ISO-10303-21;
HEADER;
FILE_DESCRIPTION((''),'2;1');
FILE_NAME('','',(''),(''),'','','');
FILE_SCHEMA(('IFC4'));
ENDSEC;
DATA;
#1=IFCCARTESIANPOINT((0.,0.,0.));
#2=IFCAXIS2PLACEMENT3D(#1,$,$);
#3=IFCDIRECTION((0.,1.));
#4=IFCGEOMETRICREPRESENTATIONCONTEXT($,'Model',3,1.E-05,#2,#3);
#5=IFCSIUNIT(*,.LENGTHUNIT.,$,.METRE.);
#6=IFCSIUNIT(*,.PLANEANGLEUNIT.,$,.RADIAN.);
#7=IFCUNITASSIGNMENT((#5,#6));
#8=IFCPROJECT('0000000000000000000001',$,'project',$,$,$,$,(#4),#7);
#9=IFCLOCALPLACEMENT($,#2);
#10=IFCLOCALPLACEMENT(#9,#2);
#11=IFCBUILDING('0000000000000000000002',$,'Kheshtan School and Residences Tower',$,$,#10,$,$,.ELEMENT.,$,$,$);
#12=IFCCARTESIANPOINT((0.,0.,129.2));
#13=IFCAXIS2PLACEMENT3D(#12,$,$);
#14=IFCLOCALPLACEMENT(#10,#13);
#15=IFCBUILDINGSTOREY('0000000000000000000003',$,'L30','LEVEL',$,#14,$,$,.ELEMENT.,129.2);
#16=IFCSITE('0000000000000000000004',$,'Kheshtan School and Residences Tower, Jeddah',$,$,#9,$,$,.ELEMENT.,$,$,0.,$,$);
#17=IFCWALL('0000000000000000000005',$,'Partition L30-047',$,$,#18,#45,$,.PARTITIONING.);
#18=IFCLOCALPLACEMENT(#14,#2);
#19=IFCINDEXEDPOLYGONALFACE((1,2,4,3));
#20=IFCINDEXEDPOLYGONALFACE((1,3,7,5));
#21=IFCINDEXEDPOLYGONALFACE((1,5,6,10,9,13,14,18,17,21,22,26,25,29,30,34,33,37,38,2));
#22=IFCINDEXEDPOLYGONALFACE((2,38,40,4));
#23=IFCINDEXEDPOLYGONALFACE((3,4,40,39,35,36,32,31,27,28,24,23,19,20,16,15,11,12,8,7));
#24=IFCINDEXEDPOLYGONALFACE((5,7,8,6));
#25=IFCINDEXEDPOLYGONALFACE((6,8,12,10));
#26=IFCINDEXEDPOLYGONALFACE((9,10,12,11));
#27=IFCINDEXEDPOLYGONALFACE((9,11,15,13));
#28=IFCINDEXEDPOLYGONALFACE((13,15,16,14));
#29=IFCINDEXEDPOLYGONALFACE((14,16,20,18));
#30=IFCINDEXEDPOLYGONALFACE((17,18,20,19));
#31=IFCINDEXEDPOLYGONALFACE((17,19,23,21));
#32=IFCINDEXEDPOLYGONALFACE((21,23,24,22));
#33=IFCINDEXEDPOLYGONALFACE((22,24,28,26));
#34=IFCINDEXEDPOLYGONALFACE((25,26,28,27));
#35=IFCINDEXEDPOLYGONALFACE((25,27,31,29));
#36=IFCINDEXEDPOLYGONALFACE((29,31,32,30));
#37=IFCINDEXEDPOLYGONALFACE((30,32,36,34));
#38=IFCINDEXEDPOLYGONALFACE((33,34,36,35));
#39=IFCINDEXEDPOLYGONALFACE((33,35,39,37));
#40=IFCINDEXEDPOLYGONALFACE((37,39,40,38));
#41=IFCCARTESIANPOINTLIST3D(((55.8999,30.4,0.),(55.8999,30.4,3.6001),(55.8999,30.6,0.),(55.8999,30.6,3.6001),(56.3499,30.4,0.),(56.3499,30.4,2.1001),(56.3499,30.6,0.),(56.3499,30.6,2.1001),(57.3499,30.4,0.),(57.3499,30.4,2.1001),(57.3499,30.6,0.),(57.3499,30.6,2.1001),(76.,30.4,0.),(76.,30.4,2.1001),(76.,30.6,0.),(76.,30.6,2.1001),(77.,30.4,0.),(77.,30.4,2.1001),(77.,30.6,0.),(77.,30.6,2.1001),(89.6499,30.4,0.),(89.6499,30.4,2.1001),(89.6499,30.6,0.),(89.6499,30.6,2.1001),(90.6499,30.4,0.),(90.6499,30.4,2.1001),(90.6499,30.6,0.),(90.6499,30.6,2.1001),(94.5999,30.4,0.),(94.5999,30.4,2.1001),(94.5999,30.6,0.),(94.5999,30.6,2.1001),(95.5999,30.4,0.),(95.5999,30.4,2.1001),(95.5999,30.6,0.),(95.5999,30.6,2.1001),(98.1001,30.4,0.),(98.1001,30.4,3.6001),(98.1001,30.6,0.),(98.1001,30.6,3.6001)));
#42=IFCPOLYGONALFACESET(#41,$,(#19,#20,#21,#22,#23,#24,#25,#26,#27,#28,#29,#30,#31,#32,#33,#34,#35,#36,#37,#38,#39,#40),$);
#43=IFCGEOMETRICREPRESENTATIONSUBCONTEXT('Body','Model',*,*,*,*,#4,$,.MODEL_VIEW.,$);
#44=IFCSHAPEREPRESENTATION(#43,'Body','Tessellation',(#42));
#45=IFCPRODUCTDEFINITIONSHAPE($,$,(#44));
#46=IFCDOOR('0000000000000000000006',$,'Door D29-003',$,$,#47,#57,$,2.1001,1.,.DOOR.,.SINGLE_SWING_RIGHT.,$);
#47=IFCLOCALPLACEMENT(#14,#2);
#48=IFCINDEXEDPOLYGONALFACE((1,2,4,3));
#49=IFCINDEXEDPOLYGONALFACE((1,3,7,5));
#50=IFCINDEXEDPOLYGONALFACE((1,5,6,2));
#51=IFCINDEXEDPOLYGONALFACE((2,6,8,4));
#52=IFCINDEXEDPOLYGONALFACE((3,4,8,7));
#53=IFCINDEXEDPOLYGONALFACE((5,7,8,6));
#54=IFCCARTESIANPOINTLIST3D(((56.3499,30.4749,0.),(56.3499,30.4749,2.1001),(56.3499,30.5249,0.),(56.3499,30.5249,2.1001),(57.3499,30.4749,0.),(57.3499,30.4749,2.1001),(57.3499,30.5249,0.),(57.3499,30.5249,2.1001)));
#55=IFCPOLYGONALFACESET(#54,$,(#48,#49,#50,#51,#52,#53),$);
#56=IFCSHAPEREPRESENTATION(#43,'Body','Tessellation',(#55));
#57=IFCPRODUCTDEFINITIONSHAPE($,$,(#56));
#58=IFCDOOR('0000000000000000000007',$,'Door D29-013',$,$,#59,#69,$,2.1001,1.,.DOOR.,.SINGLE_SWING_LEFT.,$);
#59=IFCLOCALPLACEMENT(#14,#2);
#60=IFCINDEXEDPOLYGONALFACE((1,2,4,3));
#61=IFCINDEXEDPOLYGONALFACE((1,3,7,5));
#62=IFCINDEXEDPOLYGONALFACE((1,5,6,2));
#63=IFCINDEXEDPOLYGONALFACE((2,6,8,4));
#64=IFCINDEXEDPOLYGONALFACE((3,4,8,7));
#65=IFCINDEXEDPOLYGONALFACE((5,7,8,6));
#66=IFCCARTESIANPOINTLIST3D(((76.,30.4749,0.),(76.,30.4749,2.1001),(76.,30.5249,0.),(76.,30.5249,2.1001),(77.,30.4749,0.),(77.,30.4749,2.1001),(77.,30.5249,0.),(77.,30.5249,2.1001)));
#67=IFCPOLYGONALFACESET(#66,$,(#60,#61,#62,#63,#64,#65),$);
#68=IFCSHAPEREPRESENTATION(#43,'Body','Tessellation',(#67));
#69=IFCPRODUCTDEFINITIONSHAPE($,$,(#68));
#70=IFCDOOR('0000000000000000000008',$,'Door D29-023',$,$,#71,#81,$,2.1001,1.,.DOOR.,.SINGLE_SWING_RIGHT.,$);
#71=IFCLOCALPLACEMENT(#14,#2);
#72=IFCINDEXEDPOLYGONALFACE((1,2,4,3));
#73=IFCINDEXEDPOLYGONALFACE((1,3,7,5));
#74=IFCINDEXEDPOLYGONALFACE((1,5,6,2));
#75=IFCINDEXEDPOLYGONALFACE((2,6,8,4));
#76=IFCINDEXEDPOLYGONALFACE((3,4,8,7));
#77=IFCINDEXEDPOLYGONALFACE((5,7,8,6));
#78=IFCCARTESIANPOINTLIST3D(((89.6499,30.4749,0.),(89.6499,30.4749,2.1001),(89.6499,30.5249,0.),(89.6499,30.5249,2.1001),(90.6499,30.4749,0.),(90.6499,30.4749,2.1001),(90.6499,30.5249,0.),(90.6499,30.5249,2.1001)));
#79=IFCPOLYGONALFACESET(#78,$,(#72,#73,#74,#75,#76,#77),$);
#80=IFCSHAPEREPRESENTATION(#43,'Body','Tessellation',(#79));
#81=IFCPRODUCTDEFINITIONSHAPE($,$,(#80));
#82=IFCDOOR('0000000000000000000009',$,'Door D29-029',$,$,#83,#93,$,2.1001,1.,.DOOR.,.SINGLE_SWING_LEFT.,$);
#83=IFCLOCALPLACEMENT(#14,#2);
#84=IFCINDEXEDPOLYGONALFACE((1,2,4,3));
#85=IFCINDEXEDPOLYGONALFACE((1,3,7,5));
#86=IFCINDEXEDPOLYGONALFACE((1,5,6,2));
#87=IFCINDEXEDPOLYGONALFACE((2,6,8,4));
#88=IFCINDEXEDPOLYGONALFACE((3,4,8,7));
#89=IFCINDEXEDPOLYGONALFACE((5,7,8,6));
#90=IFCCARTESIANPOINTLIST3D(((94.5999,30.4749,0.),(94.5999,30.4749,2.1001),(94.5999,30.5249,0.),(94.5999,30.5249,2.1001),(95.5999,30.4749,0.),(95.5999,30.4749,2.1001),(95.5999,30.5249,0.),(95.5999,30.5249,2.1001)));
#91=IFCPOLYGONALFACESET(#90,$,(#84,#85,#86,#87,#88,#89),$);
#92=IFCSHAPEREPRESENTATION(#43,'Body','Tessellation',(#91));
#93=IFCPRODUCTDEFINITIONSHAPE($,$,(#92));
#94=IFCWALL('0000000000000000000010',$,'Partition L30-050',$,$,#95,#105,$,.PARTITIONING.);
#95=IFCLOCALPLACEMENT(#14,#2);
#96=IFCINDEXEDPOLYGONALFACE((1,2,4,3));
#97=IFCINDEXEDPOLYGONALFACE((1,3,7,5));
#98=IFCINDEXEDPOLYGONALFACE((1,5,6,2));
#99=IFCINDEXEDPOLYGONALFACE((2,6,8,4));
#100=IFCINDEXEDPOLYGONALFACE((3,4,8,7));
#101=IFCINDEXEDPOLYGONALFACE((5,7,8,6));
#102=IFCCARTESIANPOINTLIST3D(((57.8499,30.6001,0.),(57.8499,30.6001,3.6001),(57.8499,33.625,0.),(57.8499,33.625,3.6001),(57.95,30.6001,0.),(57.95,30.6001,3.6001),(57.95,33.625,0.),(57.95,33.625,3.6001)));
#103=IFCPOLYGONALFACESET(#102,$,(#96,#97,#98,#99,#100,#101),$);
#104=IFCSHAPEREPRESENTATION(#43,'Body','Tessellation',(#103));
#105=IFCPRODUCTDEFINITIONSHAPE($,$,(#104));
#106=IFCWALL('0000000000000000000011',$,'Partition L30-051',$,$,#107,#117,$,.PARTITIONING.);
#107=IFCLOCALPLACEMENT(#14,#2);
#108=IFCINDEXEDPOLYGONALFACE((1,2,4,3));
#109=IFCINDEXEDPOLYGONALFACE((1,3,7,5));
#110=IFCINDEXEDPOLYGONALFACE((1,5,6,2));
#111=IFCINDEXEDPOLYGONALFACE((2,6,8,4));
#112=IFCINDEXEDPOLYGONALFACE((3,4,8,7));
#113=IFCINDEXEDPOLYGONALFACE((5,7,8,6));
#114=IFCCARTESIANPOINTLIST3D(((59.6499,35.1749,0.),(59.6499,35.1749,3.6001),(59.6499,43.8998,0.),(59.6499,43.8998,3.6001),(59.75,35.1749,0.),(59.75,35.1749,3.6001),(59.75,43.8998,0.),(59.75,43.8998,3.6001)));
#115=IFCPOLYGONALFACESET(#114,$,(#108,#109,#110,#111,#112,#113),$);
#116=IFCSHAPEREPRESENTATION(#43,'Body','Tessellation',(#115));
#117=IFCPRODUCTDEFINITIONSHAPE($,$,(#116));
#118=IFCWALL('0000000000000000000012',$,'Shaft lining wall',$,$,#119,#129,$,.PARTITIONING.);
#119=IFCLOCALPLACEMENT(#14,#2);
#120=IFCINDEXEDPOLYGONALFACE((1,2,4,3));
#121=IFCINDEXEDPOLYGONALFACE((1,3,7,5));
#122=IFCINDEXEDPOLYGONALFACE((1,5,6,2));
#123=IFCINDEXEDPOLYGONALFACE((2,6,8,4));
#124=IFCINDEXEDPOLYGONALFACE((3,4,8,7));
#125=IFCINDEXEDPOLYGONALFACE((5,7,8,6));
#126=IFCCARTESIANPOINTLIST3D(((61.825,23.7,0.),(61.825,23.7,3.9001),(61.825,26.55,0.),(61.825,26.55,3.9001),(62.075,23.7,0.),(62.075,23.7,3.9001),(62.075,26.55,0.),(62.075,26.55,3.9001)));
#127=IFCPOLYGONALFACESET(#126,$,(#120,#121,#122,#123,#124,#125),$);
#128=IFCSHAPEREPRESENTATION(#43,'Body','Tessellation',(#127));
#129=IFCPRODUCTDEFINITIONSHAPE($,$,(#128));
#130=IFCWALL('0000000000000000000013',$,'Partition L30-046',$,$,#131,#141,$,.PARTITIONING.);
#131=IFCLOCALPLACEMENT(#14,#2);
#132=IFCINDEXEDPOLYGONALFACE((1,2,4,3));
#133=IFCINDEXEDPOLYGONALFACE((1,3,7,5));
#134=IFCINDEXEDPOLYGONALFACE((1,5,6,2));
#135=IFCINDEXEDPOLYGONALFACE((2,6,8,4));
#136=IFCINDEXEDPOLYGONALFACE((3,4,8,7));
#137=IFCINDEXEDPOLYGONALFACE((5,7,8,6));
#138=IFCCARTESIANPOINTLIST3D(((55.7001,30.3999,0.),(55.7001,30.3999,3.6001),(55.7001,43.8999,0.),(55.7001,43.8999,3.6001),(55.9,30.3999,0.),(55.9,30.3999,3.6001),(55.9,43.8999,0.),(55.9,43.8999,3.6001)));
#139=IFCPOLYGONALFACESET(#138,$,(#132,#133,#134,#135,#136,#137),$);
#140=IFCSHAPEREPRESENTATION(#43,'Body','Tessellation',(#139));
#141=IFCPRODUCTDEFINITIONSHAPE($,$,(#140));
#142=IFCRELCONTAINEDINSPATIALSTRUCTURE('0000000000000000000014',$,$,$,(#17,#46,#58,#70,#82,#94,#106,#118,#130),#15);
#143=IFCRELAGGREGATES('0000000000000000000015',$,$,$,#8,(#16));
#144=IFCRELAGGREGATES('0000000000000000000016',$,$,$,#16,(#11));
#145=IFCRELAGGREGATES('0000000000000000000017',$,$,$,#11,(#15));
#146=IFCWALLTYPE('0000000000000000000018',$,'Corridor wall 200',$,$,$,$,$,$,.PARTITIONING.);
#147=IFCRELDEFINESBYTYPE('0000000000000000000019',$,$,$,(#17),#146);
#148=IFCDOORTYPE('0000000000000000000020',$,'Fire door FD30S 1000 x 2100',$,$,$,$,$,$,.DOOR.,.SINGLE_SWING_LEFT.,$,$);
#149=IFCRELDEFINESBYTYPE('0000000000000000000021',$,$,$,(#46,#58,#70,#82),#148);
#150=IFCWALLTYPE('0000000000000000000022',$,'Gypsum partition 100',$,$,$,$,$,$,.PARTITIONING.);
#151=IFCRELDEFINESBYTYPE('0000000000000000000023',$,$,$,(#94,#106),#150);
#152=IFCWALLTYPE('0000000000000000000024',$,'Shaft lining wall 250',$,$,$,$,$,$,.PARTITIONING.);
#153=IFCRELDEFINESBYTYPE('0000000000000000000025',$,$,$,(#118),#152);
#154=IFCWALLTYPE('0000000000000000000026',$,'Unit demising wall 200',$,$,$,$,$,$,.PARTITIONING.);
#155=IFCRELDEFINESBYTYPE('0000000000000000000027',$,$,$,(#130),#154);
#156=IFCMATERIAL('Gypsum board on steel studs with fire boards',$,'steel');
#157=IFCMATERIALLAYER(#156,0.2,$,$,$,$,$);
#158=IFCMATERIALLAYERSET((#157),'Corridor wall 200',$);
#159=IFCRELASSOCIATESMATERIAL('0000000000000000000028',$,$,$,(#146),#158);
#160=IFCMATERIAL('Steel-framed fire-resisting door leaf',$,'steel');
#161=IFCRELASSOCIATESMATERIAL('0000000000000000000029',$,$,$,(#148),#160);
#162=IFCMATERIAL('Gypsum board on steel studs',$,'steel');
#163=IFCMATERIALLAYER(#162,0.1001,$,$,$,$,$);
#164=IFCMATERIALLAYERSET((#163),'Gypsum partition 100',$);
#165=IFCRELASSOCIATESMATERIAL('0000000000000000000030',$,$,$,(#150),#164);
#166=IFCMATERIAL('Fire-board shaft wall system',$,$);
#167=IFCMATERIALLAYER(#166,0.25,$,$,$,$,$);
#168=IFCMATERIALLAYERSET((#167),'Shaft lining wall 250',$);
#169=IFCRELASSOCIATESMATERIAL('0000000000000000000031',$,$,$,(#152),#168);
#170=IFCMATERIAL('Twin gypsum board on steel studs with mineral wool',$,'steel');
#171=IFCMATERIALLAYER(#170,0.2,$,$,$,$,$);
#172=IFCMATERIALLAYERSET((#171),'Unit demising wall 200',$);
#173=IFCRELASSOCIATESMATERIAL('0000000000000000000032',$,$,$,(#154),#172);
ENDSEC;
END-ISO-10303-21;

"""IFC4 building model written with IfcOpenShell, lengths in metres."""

from ifc_helpers import new_model, si_unit, direction, frame, frame_2d, origin, place, context, subcontext, project, spatial, rectangle, extrude, source, transform, mapped, material, layer, layer_set, type_object, element, fill, save


model = new_model("IFC4")

# Units and contexts
model_context = context("Model", 3, precision=1e-05, world=origin(), true_north=direction((0.0, 1.0)))
body_context = subcontext(model_context, "Body", "Model", "MODEL_VIEW")
ifc_project = project(units=[si_unit("LENGTHUNIT", "METRE"), si_unit("PLANEANGLEUNIT", "RADIAN")], contexts=[model_context])

# Site, building, storey
site_placement = place(None, origin())
site = spatial("IfcSite", under=ifc_project, at=site_placement, Name="Kheshtan School and Residences Tower, Jeddah", CompositionType="ELEMENT", RefElevation=0.0)
building_placement = place(site_placement, origin())
building = spatial("IfcBuilding", under=site, at=building_placement, Name="Kheshtan School and Residences Tower", CompositionType="ELEMENT")
storey_placement = place(building_placement, frame((0.0, 0.0, 129.2)))
storey = spatial("IfcBuildingStorey", under=building, at=storey_placement, Name="L30", Description="LEVEL", CompositionType="ELEMENT", Elevation=129.2)

# Wall, openings, doors
ifc_material_1 = material(Name="Gypsum board on steel studs with fire boards", Category="steel")
ifc_layer_1 = layer(ifc_material_1, 0.2)
ifc_layer_set_1 = layer_set([ifc_layer_1], Name="Corridor wall 200")
wall_type_1 = type_object("IfcWallType", Name="Corridor wall 200", PredefinedType="PARTITIONING", material=ifc_layer_set_1)
wall_1_placement = place(storey_placement, frame((55.8999, 30.5, 0.0), z_axis=(0.0, 0.0, 1.0), x_axis=(1.0, 0.0, 0.0)))
wall_1 = element("IfcWall", 1, at=wall_1_placement, inside=storey, type_object=wall_type_1, Name="Partition L30-047", PredefinedType="PARTITIONING", context=body_context, shape_type="SweptSolid", body=[
    extrude(rectangle(XDim=42.2002, YDim=0.2, at=frame_2d((21.1001, 0.0))), origin(), (0.0, 0.0, 1.0), 3.6001),
])
opening_1_placement = place(wall_1_placement, frame((0.45, 0.0, 0.0)))
opening_1 = element("IfcOpeningElement", 2, at=opening_1_placement, cuts=wall_1, PredefinedType="OPENING", context=body_context, shape_type="SweptSolid", body=[
    extrude(rectangle(XDim=1.0, YDim=2.1001, at=frame_2d((0.5, 1.05))), frame((0.0, 0.1099, 0.0), z_axis=(0.0, -1.0, 0.0), x_axis=(1.0, 0.0, 0.0)), (0.0, 0.0, 1.0), 0.22),
])
opening_2_placement = place(wall_1_placement, frame((20.1001, 0.0, 0.0)))
opening_2 = element("IfcOpeningElement", 3, at=opening_2_placement, cuts=wall_1, PredefinedType="OPENING", context=body_context, shape_type="SweptSolid", body=[
    extrude(rectangle(XDim=1.0, YDim=2.1001, at=frame_2d((0.5, 1.05))), frame((0.0, 0.1099, 0.0), z_axis=(0.0, -1.0, 0.0), x_axis=(1.0, 0.0, 0.0)), (0.0, 0.0, 1.0), 0.22),
])
opening_3_placement = place(wall_1_placement, frame((33.75, 0.0, 0.0)))
opening_3 = element("IfcOpeningElement", 4, at=opening_3_placement, cuts=wall_1, PredefinedType="OPENING", context=body_context, shape_type="SweptSolid", body=[
    extrude(rectangle(XDim=1.0, YDim=2.1001, at=frame_2d((0.5, 1.05))), frame((0.0, 0.1099, 0.0), z_axis=(0.0, -1.0, 0.0), x_axis=(1.0, 0.0, 0.0)), (0.0, 0.0, 1.0), 0.22),
])
opening_4_placement = place(wall_1_placement, frame((38.7, 0.0, 0.0)))
opening_4 = element("IfcOpeningElement", 5, at=opening_4_placement, cuts=wall_1, PredefinedType="OPENING", context=body_context, shape_type="SweptSolid", body=[
    extrude(rectangle(XDim=1.0, YDim=2.1001, at=frame_2d((0.5, 1.05))), frame((0.0, 0.1099, 0.0), z_axis=(0.0, -1.0, 0.0), x_axis=(1.0, 0.0, 0.0)), (0.0, 0.0, 1.0), 0.22),
])
ifc_material_2 = material(Name="Steel-framed fire-resisting door leaf", Category="steel")
door_type_1 = type_object("IfcDoorType", Name="Fire door FD30S 1000 x 2100", OperationType="SINGLE_SWING_LEFT", PredefinedType="DOOR", material=ifc_material_2)
shared_shape_1 = source(origin(), body_context, "Body", "SweptSolid", [
    extrude(rectangle(XDim=1.0, YDim=2.1001, at=frame_2d((0.5, 1.05))), frame((0.0, 0.0249, 0.0), z_axis=(0.0, -1.0, 0.0), x_axis=(1.0, 0.0, 0.0)), (0.0, 0.0, 1.0), 0.05),
])
door_1_placement = place(opening_1_placement, origin())
door_1 = element("IfcDoor", 6, at=door_1_placement, inside=storey, type_object=door_type_1, Name="Door D29-003", OperationType="SINGLE_SWING_RIGHT", OverallHeight=2.1001, OverallWidth=1.0, PredefinedType="DOOR", context=body_context, shape_type="MappedRepresentation", body=[
    mapped(shared_shape_1, transform((0.0, 0.0, 0.0), x_axis=(1.0, 0.0, 0.0), y_axis=(0.0, 1.0, 0.0), z_axis=(0.0, 0.0, 1.0), scale=1.0)),
])
fill(opening_1, door_1)
door_2_placement = place(opening_2_placement, origin())
door_2 = element("IfcDoor", 7, at=door_2_placement, inside=storey, type_object=door_type_1, Name="Door D29-013", OperationType="SINGLE_SWING_LEFT", OverallHeight=2.1001, OverallWidth=1.0, PredefinedType="DOOR", context=body_context, shape_type="MappedRepresentation", body=[
    mapped(shared_shape_1, transform((0.0, 0.0, 0.0), x_axis=(1.0, 0.0, 0.0), y_axis=(0.0, 1.0, 0.0), z_axis=(0.0, 0.0, 1.0), scale=1.0)),
])
fill(opening_2, door_2)
door_3_placement = place(opening_3_placement, origin())
door_3 = element("IfcDoor", 8, at=door_3_placement, inside=storey, type_object=door_type_1, Name="Door D29-023", OperationType="SINGLE_SWING_RIGHT", OverallHeight=2.1001, OverallWidth=1.0, PredefinedType="DOOR", context=body_context, shape_type="MappedRepresentation", body=[
    mapped(shared_shape_1, transform((0.0, 0.0, 0.0), x_axis=(1.0, 0.0, 0.0), y_axis=(0.0, 1.0, 0.0), z_axis=(0.0, 0.0, 1.0), scale=1.0)),
])
fill(opening_3, door_3)
door_4_placement = place(opening_4_placement, origin())
door_4 = element("IfcDoor", 9, at=door_4_placement, inside=storey, type_object=door_type_1, Name="Door D29-029", OperationType="SINGLE_SWING_LEFT", OverallHeight=2.1001, OverallWidth=1.0, PredefinedType="DOOR", context=body_context, shape_type="MappedRepresentation", body=[
    mapped(shared_shape_1, transform((0.0, 0.0, 0.0), x_axis=(1.0, 0.0, 0.0), y_axis=(0.0, 1.0, 0.0), z_axis=(0.0, 0.0, 1.0), scale=1.0)),
])
fill(opening_4, door_4)

# Walls
ifc_material_3 = material(Name="Gypsum board on steel studs", Category="steel")
ifc_layer_2 = layer(ifc_material_3, 0.1001)
ifc_layer_set_2 = layer_set([ifc_layer_2], Name="Gypsum partition 100")
wall_type_2 = type_object("IfcWallType", Name="Gypsum partition 100", PredefinedType="PARTITIONING", material=ifc_layer_set_2)
wall_2_placement = place(storey_placement, frame((57.8999, 30.6001, 0.0), z_axis=(0.0, 0.0, 1.0), x_axis=(0.0, 1.0, 0.0)))
element("IfcWall", 10, at=wall_2_placement, inside=storey, type_object=wall_type_2, Name="Partition L30-050", PredefinedType="PARTITIONING", context=body_context, shape_type="SweptSolid", body=[
    extrude(rectangle(XDim=3.0249, YDim=0.1001, at=frame_2d((1.5125, 0.0))), origin(), (0.0, 0.0, 1.0), 3.6001),
])
wall_3_placement = place(storey_placement, frame((59.7, 35.175, 0.0), z_axis=(0.0, 0.0, 1.0), x_axis=(0.0, 1.0, 0.0)))
element("IfcWall", 11, at=wall_3_placement, inside=storey, type_object=wall_type_2, Name="Partition L30-051", PredefinedType="PARTITIONING", context=body_context, shape_type="SweptSolid", body=[
    extrude(rectangle(XDim=8.7249, YDim=0.1001, at=frame_2d((4.3623, 0.0))), origin(), (0.0, 0.0, 1.0), 3.6001),
])
ifc_material_4 = material(Name="Fire-board shaft wall system")
ifc_layer_3 = layer(ifc_material_4, 0.25)
ifc_layer_set_3 = layer_set([ifc_layer_3], Name="Shaft lining wall 250")
wall_type_3 = type_object("IfcWallType", Name="Shaft lining wall 250", PredefinedType="PARTITIONING", material=ifc_layer_set_3)
wall_4_placement = place(storey_placement, frame((61.95, 23.7, 0.0), z_axis=(0.0, 0.0, 1.0), x_axis=(0.0, 1.0, 0.0)))
element("IfcWall", 12, at=wall_4_placement, inside=storey, type_object=wall_type_3, Name="Shaft lining wall", PredefinedType="PARTITIONING", context=body_context, shape_type="SweptSolid", body=[
    extrude(rectangle(XDim=2.8501, YDim=0.25, at=frame_2d((1.425, 0.0))), origin(), (0.0, 0.0, 1.0), 3.9001),
])
ifc_material_5 = material(Name="Twin gypsum board on steel studs with mineral wool", Category="steel")
ifc_layer_4 = layer(ifc_material_5, 0.2)
ifc_layer_set_4 = layer_set([ifc_layer_4], Name="Unit demising wall 200")
wall_type_4 = type_object("IfcWallType", Name="Unit demising wall 200", PredefinedType="PARTITIONING", material=ifc_layer_set_4)
wall_5_placement = place(storey_placement, frame((55.8, 30.3999, 0.0), z_axis=(0.0, 0.0, 1.0), x_axis=(0.0, 1.0, 0.0)))
element("IfcWall", 13, at=wall_5_placement, inside=storey, type_object=wall_type_4, Name="Partition L30-046", PredefinedType="PARTITIONING", context=body_context, shape_type="SweptSolid", body=[
    extrude(rectangle(XDim=13.5, YDim=0.2, at=frame_2d((6.75, 0.0))), origin(), (0.0, 0.0, 1.0), 3.6001),
])

save(model, "model.ifc")
